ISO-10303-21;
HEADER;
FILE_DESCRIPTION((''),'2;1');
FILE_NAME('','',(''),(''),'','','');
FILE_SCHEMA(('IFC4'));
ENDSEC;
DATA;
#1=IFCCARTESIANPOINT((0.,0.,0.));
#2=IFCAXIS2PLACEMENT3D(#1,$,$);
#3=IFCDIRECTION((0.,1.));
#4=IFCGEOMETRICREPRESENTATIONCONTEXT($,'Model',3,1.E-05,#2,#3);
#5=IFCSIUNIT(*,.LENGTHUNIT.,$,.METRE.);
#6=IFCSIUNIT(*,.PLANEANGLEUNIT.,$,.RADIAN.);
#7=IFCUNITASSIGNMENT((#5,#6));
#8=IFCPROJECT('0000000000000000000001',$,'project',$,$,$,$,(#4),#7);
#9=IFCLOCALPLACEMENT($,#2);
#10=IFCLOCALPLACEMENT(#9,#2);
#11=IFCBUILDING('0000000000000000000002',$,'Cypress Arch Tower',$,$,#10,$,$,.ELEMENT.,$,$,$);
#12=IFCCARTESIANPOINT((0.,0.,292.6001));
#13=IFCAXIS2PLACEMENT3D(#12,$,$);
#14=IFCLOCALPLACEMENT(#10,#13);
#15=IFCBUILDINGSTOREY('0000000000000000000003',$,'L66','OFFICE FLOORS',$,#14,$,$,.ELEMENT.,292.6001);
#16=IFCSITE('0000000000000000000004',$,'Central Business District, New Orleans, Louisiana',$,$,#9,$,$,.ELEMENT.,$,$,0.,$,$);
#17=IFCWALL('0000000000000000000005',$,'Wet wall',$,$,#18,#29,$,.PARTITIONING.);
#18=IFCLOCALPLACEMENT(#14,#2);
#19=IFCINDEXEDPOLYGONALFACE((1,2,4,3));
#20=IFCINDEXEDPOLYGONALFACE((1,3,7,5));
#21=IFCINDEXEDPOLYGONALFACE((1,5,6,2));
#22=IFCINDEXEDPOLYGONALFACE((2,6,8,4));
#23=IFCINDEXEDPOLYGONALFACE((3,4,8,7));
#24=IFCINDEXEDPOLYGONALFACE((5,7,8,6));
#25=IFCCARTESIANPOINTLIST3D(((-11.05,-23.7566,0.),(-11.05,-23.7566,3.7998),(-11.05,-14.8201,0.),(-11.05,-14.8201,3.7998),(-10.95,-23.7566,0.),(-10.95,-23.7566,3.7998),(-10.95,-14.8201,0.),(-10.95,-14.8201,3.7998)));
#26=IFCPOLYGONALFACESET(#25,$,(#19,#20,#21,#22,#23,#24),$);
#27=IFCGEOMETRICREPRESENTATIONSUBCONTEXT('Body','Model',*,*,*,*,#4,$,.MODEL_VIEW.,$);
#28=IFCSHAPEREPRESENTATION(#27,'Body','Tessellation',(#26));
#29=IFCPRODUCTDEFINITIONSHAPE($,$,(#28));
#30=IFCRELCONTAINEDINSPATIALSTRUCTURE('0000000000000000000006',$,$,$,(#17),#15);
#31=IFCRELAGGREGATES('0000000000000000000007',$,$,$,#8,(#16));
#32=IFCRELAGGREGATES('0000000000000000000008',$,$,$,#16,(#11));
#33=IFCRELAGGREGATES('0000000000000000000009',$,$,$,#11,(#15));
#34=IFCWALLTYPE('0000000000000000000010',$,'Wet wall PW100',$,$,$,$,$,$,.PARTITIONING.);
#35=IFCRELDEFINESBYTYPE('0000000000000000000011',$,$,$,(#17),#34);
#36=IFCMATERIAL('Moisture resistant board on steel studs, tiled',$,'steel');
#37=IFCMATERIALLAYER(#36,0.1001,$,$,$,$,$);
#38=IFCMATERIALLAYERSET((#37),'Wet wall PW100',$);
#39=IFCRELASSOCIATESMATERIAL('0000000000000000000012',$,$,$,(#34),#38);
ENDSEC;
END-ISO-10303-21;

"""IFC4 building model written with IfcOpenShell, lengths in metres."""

from ifc_helpers import new_model, si_unit, direction, frame, frame_2d, origin, place, context, subcontext, project, spatial, rectangle, extrude, material, layer, layer_set, type_object, element, save


model = new_model("IFC4")

# Units and contexts
model_context = context("Model", 3, precision=1e-05, world=origin(), true_north=direction((0.0, 1.0)))
body_context = subcontext(model_context, "Body", "Model", "MODEL_VIEW")
ifc_project = project(units=[si_unit("LENGTHUNIT", "METRE"), si_unit("PLANEANGLEUNIT", "RADIAN")], contexts=[model_context])

# Site, building, storey
site_placement = place(None, origin())
site = spatial("IfcSite", under=ifc_project, at=site_placement, Name="Central Business District, New Orleans, Louisiana", CompositionType="ELEMENT", RefElevation=0.0)
building_placement = place(site_placement, origin())
building = spatial("IfcBuilding", under=site, at=building_placement, Name="Cypress Arch Tower", CompositionType="ELEMENT")
storey_placement = place(building_placement, frame((0.0, 0.0, 292.6001)))
storey = spatial("IfcBuildingStorey", under=building, at=storey_placement, Name="L66", Description="OFFICE FLOORS", CompositionType="ELEMENT", Elevation=292.6001)

# Wall
ifc_material_1 = material(Name="Moisture resistant board on steel studs, tiled", Category="steel")
ifc_layer_1 = layer(ifc_material_1, 0.1001)
ifc_layer_set_1 = layer_set([ifc_layer_1], Name="Wet wall PW100")
wall_type_1 = type_object("IfcWallType", Name="Wet wall PW100", PredefinedType="PARTITIONING", material=ifc_layer_set_1)
wall_1_placement = place(storey_placement, frame((-11.0, -23.7566, 0.0), z_axis=(0.0, 0.0, 1.0), x_axis=(0.0, 1.0, 0.0)))
element("IfcWall", 1, at=wall_1_placement, inside=storey, type_object=wall_type_1, Name="Wet wall", PredefinedType="PARTITIONING", context=body_context, shape_type="SweptSolid", body=[
    extrude(rectangle(XDim=8.9365, YDim=0.1001, at=frame_2d((4.4683, 0.0))), origin(), (0.0, 0.0, 1.0), 3.7998),
])

save(model, "model.ifc")
